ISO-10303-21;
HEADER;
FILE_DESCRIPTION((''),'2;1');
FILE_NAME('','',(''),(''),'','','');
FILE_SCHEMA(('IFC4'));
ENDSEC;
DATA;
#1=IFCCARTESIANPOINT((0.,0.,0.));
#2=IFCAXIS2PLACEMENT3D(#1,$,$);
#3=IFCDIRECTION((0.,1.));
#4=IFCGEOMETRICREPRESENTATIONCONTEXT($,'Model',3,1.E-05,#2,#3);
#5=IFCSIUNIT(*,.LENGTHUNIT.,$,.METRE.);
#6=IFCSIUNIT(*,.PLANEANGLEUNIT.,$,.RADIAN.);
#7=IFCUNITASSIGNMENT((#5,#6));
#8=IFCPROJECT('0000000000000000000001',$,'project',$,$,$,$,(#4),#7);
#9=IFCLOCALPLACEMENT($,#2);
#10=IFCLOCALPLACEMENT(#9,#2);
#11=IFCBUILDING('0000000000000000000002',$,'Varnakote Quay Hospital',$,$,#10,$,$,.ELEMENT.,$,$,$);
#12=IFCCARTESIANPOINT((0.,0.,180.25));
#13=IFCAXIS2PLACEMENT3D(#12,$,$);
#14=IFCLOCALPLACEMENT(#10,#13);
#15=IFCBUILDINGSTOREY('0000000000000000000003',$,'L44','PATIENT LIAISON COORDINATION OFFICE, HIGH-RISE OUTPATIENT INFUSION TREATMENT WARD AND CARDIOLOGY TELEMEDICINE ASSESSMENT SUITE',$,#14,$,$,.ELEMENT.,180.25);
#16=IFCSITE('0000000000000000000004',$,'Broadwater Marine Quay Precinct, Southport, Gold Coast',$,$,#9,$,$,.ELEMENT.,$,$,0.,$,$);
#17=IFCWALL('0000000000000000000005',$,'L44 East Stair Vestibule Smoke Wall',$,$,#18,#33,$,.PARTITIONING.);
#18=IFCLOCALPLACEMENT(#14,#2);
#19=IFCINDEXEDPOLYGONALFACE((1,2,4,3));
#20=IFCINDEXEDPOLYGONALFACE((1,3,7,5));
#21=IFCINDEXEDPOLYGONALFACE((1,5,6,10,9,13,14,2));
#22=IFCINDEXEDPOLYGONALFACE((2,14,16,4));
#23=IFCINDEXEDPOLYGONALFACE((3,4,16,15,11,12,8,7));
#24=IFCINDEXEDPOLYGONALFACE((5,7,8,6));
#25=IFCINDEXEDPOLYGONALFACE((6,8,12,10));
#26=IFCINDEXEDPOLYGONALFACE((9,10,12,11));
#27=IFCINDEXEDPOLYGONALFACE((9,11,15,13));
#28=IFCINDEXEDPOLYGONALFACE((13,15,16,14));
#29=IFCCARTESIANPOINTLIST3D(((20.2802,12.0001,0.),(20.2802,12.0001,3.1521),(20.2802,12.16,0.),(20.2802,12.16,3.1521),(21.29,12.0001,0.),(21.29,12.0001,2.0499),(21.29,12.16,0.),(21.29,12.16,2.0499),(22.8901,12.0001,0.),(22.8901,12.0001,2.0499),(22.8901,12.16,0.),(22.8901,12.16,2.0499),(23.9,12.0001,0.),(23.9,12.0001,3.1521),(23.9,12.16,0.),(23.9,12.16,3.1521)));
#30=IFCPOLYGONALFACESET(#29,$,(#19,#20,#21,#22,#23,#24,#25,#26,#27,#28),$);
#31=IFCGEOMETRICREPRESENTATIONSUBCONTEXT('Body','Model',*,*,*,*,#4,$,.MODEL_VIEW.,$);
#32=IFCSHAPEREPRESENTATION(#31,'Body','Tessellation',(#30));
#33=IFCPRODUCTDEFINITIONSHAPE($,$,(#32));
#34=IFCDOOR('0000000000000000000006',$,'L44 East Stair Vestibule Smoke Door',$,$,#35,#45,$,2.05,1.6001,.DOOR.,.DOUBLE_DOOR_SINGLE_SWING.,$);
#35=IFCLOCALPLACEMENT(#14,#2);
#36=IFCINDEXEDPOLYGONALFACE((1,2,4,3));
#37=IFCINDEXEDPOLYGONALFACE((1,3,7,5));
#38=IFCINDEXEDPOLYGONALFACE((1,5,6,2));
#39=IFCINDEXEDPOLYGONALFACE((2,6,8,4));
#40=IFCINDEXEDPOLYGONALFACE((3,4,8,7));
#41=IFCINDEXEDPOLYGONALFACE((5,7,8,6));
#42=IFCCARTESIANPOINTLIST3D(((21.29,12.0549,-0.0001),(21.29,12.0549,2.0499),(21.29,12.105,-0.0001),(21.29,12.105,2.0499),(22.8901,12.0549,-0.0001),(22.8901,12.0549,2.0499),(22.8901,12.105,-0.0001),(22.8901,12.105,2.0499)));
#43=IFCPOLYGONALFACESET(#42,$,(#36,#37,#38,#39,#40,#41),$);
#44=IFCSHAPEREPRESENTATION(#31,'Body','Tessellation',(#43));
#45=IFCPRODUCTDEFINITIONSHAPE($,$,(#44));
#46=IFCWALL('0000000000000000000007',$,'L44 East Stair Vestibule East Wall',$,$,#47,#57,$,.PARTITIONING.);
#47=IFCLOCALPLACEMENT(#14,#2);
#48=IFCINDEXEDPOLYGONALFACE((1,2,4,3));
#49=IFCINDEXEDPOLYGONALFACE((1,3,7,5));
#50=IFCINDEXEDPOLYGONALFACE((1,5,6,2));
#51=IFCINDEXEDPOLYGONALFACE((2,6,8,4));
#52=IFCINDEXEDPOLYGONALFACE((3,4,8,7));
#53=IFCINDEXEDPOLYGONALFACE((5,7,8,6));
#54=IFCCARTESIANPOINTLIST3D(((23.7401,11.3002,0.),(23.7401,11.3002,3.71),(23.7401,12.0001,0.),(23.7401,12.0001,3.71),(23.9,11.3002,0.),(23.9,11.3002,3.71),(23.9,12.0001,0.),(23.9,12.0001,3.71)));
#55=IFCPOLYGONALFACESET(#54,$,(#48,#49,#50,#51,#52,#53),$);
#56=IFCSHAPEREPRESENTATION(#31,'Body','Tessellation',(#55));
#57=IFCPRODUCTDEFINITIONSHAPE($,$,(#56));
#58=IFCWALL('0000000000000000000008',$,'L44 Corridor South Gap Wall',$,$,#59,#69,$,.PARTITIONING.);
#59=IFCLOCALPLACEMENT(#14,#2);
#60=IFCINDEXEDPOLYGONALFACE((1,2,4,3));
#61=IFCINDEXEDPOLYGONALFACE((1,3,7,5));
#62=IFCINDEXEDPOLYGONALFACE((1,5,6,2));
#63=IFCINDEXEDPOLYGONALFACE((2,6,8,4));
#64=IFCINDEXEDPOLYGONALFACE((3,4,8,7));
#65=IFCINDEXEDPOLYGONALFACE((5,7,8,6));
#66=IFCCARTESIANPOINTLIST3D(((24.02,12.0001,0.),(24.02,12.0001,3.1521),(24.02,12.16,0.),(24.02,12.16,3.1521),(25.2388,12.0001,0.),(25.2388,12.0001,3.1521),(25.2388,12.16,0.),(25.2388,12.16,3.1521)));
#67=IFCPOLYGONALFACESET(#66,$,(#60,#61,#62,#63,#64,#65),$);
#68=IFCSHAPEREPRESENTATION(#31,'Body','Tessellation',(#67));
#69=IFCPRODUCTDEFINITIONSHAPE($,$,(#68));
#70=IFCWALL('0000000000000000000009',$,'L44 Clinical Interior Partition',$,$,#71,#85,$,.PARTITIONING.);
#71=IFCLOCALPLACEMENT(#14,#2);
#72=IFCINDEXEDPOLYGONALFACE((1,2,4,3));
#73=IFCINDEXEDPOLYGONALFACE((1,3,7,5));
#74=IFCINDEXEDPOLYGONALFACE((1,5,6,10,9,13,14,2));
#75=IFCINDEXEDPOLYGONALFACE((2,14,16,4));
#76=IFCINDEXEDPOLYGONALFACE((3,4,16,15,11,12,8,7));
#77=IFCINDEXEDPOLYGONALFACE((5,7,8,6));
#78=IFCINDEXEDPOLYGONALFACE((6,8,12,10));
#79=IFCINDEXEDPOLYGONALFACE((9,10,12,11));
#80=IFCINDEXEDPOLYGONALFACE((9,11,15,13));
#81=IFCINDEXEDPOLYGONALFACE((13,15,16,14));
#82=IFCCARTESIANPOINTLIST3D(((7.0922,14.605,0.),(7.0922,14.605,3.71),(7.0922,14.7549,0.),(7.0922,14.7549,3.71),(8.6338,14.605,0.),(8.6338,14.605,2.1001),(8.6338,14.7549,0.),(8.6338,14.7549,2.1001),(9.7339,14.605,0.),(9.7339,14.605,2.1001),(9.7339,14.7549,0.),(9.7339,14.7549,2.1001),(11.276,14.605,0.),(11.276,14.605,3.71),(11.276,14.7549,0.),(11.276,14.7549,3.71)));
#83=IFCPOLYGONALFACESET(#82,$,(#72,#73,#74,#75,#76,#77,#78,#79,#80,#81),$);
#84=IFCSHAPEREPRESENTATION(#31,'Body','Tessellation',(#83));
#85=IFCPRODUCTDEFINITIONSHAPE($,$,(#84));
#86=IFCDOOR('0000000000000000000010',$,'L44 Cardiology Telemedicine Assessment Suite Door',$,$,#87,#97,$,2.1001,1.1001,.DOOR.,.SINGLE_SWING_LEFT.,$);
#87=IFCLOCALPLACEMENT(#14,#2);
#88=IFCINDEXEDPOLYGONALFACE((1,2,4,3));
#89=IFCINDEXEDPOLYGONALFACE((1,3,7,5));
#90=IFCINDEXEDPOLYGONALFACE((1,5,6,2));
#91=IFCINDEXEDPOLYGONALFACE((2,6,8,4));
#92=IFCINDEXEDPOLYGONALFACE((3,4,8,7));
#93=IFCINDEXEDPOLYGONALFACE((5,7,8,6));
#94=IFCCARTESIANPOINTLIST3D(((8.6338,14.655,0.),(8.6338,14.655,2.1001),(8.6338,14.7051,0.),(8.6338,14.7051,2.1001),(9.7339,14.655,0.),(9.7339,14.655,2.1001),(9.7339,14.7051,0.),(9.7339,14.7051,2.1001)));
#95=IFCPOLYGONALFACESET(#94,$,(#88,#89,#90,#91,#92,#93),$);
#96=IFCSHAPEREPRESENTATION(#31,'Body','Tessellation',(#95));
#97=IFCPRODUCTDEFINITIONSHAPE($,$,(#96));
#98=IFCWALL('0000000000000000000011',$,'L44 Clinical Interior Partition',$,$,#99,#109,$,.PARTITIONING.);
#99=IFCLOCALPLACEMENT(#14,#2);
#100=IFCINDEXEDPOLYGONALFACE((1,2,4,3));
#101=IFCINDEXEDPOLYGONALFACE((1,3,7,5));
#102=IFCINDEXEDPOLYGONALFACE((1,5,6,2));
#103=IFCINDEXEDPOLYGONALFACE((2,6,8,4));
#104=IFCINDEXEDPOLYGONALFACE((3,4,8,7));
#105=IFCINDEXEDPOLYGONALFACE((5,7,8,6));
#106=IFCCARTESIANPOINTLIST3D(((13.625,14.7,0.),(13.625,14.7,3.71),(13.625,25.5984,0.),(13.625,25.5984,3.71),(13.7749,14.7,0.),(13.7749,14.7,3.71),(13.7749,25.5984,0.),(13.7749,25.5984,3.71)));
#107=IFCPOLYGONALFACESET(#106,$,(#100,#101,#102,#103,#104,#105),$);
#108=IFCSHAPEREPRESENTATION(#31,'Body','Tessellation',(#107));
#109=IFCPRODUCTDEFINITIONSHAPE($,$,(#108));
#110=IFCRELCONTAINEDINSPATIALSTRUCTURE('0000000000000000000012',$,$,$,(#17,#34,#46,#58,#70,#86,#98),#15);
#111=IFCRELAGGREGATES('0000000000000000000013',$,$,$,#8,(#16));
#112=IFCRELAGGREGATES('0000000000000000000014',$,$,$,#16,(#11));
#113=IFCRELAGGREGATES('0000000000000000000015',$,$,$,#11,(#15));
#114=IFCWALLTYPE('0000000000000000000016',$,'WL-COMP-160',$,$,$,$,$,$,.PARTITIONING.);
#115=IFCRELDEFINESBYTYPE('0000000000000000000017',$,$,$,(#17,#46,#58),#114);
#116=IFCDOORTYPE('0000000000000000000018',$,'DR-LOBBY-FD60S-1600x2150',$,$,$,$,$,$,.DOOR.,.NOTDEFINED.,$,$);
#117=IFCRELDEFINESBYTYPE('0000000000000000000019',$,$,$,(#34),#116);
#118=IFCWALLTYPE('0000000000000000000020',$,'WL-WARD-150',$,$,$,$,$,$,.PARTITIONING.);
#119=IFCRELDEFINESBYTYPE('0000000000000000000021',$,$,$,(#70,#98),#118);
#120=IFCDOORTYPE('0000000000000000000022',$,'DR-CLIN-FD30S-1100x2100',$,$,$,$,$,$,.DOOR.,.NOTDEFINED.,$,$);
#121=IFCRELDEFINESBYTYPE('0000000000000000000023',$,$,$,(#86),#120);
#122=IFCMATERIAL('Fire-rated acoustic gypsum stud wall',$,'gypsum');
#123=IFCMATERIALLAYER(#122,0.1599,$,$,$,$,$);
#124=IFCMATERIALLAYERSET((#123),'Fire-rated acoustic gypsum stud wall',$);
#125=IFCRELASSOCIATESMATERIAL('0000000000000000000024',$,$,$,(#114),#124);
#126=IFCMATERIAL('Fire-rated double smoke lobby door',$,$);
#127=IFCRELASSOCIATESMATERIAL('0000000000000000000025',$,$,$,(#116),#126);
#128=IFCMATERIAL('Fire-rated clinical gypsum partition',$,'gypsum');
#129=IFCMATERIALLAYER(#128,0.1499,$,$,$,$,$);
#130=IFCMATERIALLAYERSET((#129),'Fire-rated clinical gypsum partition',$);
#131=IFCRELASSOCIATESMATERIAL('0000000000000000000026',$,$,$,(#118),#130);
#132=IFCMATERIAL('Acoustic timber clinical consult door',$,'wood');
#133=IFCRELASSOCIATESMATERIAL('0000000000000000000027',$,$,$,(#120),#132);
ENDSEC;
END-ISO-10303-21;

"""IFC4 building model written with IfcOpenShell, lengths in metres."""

from ifc_helpers import new_model, si_unit, direction, frame, frame_2d, origin, place, context, subcontext, project, spatial, rectangle, extrude, material, layer, layer_set, type_object, element, fill, save


model = new_model("IFC4")

# Units and contexts
model_context = context("Model", 3, precision=1e-05, world=origin(), true_north=direction((0.0, 1.0)))
body_context = subcontext(model_context, "Body", "Model", "MODEL_VIEW")
ifc_project = project(units=[si_unit("LENGTHUNIT", "METRE"), si_unit("PLANEANGLEUNIT", "RADIAN")], contexts=[model_context])

# Site, building, storey
site_placement = place(None, origin())
site = spatial("IfcSite", under=ifc_project, at=site_placement, Name="Broadwater Marine Quay Precinct, Southport, Gold Coast", CompositionType="ELEMENT", RefElevation=0.0)
building_placement = place(site_placement, origin())
building = spatial("IfcBuilding", under=site, at=building_placement, Name="Varnakote Quay Hospital", CompositionType="ELEMENT")
storey_placement = place(building_placement, frame((0.0, 0.0, 180.25)))
storey = spatial("IfcBuildingStorey", under=building, at=storey_placement, Name="L44", Description="PATIENT LIAISON COORDINATION OFFICE, HIGH-RISE OUTPATIENT INFUSION TREATMENT WARD AND CARDIOLOGY TELEMEDICINE ASSESSMENT SUITE", CompositionType="ELEMENT", Elevation=180.25)

# Shared definitions
ifc_material_1 = material(Name="Fire-rated acoustic gypsum stud wall", Category="gypsum")
ifc_layer_1 = layer(ifc_material_1, 0.1599)
ifc_layer_set_1 = layer_set([ifc_layer_1], Name="Fire-rated acoustic gypsum stud wall")
wall_type_1 = type_object("IfcWallType", Name="WL-COMP-160", PredefinedType="PARTITIONING", material=ifc_layer_set_1)
ifc_material_2 = material(Name="Fire-rated double smoke lobby door")
door_type_1 = type_object("IfcDoorType", Name="DR-LOBBY-FD60S-1600x2150", OperationType="NOTDEFINED", PredefinedType="DOOR", material=ifc_material_2)

# Wall, opening, door
wall_1_placement = place(storey_placement, frame((20.28, 12.0801, 0.0), z_axis=(0.0, 0.0, 1.0), x_axis=(1.0, 0.0, 0.0)))
wall_1 = element("IfcWall", 1, at=wall_1_placement, inside=storey, type_object=wall_type_1, Name="L44 East Stair Vestibule Smoke Wall", PredefinedType="PARTITIONING", context=body_context, shape_type="SweptSolid", body=[
    extrude(rectangle(XDim=3.6199, YDim=0.1599, at=frame_2d((1.8101, 0.0))), origin(), (0.0, 0.0, 1.0), 3.1521),
])
opening_1_placement = place(wall_1_placement, frame((1.01, 0.0, 0.0)))
opening_1 = element("IfcOpeningElement", 2, at=opening_1_placement, cuts=wall_1, PredefinedType="OPENING", context=body_context, shape_type="SweptSolid", body=[
    extrude(rectangle(XDim=1.6001, YDim=2.05, at=frame_2d((0.8, 1.0249))), frame((0.0, 0.0898, 0.0), z_axis=(0.0, -1.0, 0.0), x_axis=(1.0, 0.0, 0.0)), (0.0, 0.0, 1.0), 0.1799),
])
door_1_placement = place(opening_1_placement, origin())
door_1 = element("IfcDoor", 3, at=door_1_placement, inside=storey, type_object=door_type_1, Name="L44 East Stair Vestibule Smoke Door", OperationType="DOUBLE_DOOR_SINGLE_SWING", OverallHeight=2.05, OverallWidth=1.6001, PredefinedType="DOOR", context=body_context, shape_type="SweptSolid", body=[
    extrude(rectangle(XDim=1.6001, YDim=2.05, at=frame_2d((0.8, 1.0249))), frame((0.0, 0.0249, 0.0), z_axis=(0.0, -1.0, 0.0), x_axis=(1.0, 0.0, 0.0)), (0.0, 0.0, 1.0), 0.05),
])
fill(opening_1, door_1)

# Walls
wall_2_placement = place(storey_placement, frame((23.8201, 11.3, 0.0), z_axis=(0.0, 0.0, 1.0), x_axis=(0.0, 1.0, 0.0)))
element("IfcWall", 4, at=wall_2_placement, inside=storey, type_object=wall_type_1, Name="L44 East Stair Vestibule East Wall", PredefinedType="PARTITIONING", context=body_context, shape_type="SweptSolid", body=[
    extrude(rectangle(XDim=0.7, YDim=0.1599, at=frame_2d((0.3501, 0.0))), origin(), (0.0, 0.0, 1.0), 3.71),
])
wall_3_placement = place(storey_placement, frame((24.02, 12.0801, 0.0), z_axis=(0.0, 0.0, 1.0), x_axis=(1.0, 0.0, 0.0)))
element("IfcWall", 5, at=wall_3_placement, inside=storey, type_object=wall_type_1, Name="L44 Corridor South Gap Wall", PredefinedType="PARTITIONING", context=body_context, shape_type="SweptSolid", body=[
    extrude(rectangle(XDim=1.2188, YDim=0.1599, at=frame_2d((0.6094, 0.0))), origin(), (0.0, 0.0, 1.0), 3.1521),
])

# Wall, opening, door
ifc_material_3 = material(Name="Fire-rated clinical gypsum partition", Category="gypsum")
ifc_layer_2 = layer(ifc_material_3, 0.1499)
ifc_layer_set_2 = layer_set([ifc_layer_2], Name="Fire-rated clinical gypsum partition")
wall_type_2 = type_object("IfcWallType", Name="WL-WARD-150", PredefinedType="PARTITIONING", material=ifc_layer_set_2)
wall_4_placement = place(storey_placement, frame((11.2759, 14.6799, 0.0), z_axis=(0.0, 0.0, 1.0), x_axis=(-1.0, 0.0, 0.0)))
wall_4 = element("IfcWall", 6, at=wall_4_placement, inside=storey, type_object=wall_type_2, Name="L44 Clinical Interior Partition", PredefinedType="PARTITIONING", context=body_context, shape_type="SweptSolid", body=[
    extrude(rectangle(XDim=4.1838, YDim=0.1499, at=frame_2d((2.0918, 0.0))), origin(), (0.0, 0.0, 1.0), 3.71),
])
opening_2_placement = place(wall_4_placement, frame((1.542, 0.0, 0.0)))
opening_2 = element("IfcOpeningElement", 7, at=opening_2_placement, cuts=wall_4, PredefinedType="OPENING", context=body_context, shape_type="SweptSolid", body=[
    extrude(rectangle(XDim=1.1001, YDim=2.1001, at=frame_2d((0.55, 1.05))), frame((0.0, 0.085, 0.0), z_axis=(0.0, -1.0, 0.0), x_axis=(1.0, 0.0, 0.0)), (0.0, 0.0, 1.0), 0.1699),
])
ifc_material_4 = material(Name="Acoustic timber clinical consult door", Category="wood")
door_type_2 = type_object("IfcDoorType", Name="DR-CLIN-FD30S-1100x2100", OperationType="NOTDEFINED", PredefinedType="DOOR", material=ifc_material_4)
door_2_placement = place(opening_2_placement, origin())
door_2 = element("IfcDoor", 8, at=door_2_placement, inside=storey, type_object=door_type_2, Name="L44 Cardiology Telemedicine Assessment Suite Door", OperationType="SINGLE_SWING_LEFT", OverallHeight=2.1001, OverallWidth=1.1001, PredefinedType="DOOR", context=body_context, shape_type="SweptSolid", body=[
    extrude(rectangle(XDim=1.1001, YDim=2.1001, at=frame_2d((0.55, 1.05))), frame((0.0, 0.0249, 0.0), z_axis=(0.0, -1.0, 0.0), x_axis=(1.0, 0.0, 0.0)), (0.0, 0.0, 1.0), 0.05),
])
fill(opening_2, door_2)

# Wall
wall_5_placement = place(storey_placement, frame((13.7, 14.7, 0.0), z_axis=(0.0, 0.0, 1.0), x_axis=(0.0, 1.0, 0.0)))
element("IfcWall", 9, at=wall_5_placement, inside=storey, type_object=wall_type_2, Name="L44 Clinical Interior Partition", PredefinedType="PARTITIONING", context=body_context, shape_type="SweptSolid", body=[
    extrude(rectangle(XDim=10.8984, YDim=0.1499, at=frame_2d((5.4492, 0.0))), origin(), (0.0, 0.0, 1.0), 3.71),
])

save(model, "model.ifc")
